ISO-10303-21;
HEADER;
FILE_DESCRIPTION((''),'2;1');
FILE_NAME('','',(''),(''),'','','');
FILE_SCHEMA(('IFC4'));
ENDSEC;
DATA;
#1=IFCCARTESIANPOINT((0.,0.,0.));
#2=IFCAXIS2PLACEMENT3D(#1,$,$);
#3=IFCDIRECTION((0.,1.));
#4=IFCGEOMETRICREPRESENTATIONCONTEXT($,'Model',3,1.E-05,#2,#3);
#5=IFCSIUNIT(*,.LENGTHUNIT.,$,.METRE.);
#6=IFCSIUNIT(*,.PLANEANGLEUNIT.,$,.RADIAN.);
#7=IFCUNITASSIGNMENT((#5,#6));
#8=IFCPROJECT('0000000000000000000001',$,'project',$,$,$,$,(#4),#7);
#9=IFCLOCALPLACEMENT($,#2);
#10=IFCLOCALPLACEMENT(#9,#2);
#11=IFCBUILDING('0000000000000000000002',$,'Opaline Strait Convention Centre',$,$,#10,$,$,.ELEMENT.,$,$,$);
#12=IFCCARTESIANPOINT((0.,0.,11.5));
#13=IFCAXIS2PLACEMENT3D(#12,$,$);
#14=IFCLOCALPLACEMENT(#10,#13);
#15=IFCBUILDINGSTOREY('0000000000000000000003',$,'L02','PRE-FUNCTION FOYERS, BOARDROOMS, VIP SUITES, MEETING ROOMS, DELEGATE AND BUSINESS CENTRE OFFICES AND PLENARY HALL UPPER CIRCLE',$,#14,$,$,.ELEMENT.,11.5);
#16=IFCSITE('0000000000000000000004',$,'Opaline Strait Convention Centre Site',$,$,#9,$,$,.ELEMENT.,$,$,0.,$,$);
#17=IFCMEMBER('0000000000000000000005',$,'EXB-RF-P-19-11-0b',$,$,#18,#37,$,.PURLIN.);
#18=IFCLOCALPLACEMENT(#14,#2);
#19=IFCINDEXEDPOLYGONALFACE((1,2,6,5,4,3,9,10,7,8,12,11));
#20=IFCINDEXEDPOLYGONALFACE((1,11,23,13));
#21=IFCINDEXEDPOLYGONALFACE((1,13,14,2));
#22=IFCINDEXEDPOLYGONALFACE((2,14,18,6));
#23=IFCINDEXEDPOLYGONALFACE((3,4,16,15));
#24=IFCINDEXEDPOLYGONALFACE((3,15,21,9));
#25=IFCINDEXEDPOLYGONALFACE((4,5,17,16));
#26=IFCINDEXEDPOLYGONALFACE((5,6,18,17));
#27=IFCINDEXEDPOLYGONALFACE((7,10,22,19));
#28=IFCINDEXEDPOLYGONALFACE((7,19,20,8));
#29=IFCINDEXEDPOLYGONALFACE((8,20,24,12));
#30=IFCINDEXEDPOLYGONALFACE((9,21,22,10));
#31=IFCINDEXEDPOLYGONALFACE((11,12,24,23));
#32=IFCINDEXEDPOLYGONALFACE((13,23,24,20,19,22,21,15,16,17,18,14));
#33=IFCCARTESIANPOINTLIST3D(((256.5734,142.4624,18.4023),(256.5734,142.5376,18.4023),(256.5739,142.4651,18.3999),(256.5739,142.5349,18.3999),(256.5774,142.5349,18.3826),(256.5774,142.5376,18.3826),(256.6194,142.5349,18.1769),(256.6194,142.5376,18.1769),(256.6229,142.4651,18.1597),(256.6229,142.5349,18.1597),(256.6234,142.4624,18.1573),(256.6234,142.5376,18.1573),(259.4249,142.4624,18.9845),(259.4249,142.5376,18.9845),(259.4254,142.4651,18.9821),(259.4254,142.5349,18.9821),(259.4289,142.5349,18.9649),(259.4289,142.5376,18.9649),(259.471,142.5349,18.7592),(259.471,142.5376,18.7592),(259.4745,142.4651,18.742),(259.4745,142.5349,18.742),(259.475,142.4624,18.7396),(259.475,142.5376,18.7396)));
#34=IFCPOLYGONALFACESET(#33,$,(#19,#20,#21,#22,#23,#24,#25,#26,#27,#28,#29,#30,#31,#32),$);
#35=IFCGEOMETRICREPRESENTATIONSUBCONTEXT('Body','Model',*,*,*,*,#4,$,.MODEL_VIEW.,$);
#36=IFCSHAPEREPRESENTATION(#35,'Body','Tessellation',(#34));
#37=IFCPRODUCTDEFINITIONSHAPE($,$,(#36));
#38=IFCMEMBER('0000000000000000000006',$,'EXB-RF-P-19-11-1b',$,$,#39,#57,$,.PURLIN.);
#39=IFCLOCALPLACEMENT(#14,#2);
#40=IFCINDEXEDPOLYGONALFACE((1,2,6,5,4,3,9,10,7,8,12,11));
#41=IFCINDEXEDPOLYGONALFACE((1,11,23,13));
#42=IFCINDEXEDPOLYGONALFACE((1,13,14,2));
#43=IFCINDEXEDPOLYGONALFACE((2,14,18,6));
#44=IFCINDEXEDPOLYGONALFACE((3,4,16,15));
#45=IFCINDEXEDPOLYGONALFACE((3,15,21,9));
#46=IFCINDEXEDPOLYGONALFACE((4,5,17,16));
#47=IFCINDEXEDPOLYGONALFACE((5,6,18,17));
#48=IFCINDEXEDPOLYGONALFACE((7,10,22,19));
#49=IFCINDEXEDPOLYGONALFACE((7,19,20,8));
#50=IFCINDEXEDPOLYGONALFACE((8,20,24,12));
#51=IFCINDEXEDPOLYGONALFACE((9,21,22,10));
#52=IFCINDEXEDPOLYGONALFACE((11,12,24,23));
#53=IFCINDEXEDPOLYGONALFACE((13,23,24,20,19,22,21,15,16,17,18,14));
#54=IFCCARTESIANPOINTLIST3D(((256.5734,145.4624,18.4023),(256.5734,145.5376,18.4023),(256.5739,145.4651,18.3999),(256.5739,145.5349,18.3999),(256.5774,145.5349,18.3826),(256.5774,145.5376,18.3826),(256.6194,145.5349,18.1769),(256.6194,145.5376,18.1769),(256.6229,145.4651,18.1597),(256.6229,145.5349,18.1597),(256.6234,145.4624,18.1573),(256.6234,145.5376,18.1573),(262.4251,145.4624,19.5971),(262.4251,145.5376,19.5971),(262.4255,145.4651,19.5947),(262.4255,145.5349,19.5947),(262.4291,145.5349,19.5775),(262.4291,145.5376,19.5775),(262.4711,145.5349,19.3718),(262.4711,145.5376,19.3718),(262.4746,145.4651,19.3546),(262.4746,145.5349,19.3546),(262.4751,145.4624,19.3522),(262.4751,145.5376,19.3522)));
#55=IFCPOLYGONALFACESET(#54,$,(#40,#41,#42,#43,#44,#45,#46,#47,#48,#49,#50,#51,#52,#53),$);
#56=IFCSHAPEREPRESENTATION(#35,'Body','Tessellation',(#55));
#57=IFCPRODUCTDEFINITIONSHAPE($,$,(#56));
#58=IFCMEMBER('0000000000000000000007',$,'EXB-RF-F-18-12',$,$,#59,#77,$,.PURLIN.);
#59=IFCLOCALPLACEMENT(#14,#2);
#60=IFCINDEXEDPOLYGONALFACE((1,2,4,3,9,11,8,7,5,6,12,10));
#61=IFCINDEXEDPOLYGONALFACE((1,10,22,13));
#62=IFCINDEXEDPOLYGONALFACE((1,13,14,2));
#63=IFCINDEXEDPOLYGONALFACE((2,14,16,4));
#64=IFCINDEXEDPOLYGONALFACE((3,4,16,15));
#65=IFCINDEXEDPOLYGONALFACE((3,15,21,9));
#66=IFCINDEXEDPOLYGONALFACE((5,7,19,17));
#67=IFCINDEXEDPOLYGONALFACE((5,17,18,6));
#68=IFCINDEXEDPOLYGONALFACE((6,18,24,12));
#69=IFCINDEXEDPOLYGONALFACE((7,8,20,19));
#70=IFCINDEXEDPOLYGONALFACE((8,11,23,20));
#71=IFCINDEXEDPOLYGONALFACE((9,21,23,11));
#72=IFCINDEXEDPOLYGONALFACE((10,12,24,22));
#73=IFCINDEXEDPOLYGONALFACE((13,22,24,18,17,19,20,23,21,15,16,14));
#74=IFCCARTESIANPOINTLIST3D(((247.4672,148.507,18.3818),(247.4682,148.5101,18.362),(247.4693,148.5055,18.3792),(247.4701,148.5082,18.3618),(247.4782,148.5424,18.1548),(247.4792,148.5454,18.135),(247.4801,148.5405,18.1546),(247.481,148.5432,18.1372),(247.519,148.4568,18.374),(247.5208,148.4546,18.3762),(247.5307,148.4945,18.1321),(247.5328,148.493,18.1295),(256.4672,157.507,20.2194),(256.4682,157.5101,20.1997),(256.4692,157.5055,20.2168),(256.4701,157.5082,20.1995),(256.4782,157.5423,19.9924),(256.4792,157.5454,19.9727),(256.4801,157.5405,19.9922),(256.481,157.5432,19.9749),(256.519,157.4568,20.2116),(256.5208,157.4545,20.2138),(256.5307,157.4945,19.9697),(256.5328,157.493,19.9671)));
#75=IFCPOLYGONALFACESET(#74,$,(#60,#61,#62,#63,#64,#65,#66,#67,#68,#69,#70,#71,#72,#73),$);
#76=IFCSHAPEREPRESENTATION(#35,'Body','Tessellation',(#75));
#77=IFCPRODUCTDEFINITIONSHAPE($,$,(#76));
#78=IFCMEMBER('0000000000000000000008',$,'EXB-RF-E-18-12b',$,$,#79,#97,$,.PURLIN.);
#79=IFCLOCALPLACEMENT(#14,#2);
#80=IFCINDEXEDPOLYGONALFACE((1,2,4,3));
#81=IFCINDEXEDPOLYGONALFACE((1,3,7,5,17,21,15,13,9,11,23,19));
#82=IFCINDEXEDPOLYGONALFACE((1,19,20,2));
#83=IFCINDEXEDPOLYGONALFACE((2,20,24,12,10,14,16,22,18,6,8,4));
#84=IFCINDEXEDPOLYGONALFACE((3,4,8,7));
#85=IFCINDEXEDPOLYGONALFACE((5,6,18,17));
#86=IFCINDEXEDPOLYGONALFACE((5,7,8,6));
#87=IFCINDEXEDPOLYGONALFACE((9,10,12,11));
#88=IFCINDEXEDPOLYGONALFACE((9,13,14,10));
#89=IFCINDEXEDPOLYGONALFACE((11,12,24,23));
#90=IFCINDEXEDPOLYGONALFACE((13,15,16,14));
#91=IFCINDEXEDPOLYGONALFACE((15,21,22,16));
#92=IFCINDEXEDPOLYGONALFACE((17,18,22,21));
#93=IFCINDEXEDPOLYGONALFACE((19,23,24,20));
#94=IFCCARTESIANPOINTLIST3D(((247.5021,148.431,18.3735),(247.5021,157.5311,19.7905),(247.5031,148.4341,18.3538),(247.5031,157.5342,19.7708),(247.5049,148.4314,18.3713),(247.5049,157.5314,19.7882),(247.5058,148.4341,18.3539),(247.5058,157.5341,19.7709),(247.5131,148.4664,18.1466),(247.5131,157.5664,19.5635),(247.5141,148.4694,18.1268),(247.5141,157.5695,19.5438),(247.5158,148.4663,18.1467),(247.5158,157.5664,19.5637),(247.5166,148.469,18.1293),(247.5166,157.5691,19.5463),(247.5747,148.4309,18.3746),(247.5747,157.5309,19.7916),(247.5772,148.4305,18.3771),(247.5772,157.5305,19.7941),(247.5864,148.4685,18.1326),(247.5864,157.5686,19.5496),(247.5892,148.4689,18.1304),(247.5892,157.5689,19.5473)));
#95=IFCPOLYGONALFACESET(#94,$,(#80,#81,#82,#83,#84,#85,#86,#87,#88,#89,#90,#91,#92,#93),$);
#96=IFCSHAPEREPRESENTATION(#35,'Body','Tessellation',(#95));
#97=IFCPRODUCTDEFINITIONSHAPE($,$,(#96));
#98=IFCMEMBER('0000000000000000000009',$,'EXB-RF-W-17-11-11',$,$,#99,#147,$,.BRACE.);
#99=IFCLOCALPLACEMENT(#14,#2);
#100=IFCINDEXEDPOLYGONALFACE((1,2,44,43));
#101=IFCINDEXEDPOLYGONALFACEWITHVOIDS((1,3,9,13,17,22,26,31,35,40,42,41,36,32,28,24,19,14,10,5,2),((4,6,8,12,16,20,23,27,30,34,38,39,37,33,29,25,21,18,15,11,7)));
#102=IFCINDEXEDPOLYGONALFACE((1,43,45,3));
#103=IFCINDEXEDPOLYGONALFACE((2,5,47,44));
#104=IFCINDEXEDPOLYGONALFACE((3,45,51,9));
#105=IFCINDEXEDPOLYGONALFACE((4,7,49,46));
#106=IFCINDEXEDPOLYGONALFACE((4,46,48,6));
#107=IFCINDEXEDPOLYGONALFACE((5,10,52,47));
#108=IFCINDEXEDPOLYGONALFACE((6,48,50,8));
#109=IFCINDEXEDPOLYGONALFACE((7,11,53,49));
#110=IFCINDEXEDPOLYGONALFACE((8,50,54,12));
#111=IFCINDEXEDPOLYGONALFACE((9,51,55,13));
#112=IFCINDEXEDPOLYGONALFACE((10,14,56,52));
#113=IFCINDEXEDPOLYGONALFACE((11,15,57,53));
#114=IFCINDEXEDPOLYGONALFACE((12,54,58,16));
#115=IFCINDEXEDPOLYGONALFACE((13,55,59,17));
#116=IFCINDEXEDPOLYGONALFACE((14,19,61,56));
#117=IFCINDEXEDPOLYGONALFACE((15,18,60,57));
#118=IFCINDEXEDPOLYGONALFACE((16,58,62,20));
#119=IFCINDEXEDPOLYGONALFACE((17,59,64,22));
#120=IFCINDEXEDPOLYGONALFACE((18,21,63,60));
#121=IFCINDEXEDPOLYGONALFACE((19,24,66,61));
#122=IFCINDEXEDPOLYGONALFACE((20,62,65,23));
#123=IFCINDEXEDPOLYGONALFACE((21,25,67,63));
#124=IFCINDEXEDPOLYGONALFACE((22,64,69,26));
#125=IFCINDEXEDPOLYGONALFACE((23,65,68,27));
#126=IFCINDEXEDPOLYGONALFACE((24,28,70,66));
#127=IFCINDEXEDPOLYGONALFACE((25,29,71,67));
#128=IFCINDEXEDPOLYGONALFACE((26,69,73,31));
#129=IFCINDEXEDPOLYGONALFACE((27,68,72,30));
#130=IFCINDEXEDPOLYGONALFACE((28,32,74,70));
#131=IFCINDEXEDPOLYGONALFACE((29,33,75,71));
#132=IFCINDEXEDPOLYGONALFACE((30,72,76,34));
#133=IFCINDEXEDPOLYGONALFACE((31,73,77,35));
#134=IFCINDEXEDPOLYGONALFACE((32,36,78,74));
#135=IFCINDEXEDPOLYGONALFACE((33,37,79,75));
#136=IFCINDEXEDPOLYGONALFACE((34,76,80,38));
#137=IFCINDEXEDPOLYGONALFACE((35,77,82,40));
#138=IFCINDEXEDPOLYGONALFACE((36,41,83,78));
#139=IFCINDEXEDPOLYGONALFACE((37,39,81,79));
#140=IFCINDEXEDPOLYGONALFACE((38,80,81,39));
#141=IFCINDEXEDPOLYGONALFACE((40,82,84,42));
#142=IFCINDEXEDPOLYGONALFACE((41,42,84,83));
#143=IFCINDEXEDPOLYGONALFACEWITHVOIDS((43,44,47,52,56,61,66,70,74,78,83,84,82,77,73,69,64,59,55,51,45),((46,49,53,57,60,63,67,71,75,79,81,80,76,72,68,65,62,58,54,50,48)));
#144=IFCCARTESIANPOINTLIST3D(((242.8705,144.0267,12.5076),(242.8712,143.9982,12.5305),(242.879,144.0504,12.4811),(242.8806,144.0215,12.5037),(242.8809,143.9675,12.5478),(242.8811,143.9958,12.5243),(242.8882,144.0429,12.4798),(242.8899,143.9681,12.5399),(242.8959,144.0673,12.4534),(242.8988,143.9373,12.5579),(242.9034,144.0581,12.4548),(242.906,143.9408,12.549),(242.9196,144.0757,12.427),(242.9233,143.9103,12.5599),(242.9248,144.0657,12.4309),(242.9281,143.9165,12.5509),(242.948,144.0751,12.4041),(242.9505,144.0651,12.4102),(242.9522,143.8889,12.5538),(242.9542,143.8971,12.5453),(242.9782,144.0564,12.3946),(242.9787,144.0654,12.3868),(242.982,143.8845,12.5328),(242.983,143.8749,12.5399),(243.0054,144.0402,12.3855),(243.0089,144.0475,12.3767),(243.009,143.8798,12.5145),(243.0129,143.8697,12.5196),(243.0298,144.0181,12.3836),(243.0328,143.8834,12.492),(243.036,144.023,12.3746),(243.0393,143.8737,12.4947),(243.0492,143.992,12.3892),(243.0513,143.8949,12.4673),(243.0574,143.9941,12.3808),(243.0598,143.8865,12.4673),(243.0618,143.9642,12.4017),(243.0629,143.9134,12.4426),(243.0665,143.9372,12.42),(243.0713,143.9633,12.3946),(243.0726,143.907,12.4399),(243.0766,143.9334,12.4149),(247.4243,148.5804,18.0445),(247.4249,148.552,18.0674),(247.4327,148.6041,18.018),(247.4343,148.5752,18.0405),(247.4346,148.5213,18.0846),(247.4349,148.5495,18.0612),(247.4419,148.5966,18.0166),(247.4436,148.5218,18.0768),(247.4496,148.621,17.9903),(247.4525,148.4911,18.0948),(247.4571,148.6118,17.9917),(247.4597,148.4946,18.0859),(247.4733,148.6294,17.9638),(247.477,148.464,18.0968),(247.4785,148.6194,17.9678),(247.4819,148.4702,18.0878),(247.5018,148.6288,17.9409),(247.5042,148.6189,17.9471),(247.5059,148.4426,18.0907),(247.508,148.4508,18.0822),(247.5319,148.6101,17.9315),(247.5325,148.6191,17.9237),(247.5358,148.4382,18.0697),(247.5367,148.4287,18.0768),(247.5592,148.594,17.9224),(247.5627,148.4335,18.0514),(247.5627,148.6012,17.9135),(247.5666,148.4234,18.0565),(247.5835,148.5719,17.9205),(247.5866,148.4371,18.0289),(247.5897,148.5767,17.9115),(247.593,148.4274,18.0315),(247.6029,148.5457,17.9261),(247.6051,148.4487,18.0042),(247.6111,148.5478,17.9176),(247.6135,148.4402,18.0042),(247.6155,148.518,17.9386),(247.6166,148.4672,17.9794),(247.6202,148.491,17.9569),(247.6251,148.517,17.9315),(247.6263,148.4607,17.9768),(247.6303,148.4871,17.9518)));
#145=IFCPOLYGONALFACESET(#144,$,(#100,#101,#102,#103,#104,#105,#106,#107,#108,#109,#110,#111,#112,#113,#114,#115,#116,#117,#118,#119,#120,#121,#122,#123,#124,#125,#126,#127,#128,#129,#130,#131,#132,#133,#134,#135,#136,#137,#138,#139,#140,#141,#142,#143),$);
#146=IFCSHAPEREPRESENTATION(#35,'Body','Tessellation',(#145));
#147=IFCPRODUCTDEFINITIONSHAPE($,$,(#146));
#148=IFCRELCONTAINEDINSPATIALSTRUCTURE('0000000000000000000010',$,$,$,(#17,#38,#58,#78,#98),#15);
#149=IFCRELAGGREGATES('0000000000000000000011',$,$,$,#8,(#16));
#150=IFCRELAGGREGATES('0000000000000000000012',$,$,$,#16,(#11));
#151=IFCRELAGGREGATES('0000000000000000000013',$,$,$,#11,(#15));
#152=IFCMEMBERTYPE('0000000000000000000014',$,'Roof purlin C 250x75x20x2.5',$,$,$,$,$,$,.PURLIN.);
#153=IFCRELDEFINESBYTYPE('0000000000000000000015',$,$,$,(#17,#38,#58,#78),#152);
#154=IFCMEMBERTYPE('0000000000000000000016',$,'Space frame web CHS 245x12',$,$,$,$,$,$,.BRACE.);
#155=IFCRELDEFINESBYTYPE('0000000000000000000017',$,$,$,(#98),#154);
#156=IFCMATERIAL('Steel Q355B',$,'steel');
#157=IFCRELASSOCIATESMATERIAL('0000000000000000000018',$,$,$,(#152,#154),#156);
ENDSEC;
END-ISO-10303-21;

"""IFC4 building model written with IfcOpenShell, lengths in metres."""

from ifc_helpers import new_model, si_unit, direction, frame, origin, origin_2d, place, context, subcontext, project, spatial, polyline, hollow_circle, outline, extrude, material, material_profile, profile_set, type_object, element, save


model = new_model("IFC4")

# Units and contexts
model_context = context("Model", 3, precision=1e-05, world=origin(), true_north=direction((0.0, 1.0)))
body_context = subcontext(model_context, "Body", "Model", "MODEL_VIEW")
ifc_project = project(units=[si_unit("LENGTHUNIT", "METRE"), si_unit("PLANEANGLEUNIT", "RADIAN")], contexts=[model_context])

# Site, building, storey
site_placement = place(None, origin())
site = spatial("IfcSite", under=ifc_project, at=site_placement, Name="Opaline Strait Convention Centre Site", CompositionType="ELEMENT", RefElevation=0.0)
building_placement = place(site_placement, origin())
building = spatial("IfcBuilding", under=site, at=building_placement, Name="Opaline Strait Convention Centre", CompositionType="ELEMENT")
storey_placement = place(building_placement, frame((0.0, 0.0, 11.5)))
storey = spatial("IfcBuildingStorey", under=building, at=storey_placement, Name="L02", Description="PRE-FUNCTION FOYERS, BOARDROOMS, VIP SUITES, MEETING ROOMS, DELEGATE AND BUSINESS CENTRE OFFICES AND PLENARY HALL UPPER CIRCLE", CompositionType="ELEMENT", Elevation=11.5)

# Members
ifc_material_1 = material(Name="Steel Q355B", Category="steel")
ifc_material_profile_1 = material_profile(ifc_material_1, outline(polyline([(-0.0376, -0.125), (0.0376, -0.125), (0.0376, -0.105), (0.0349, -0.105), (0.0349, -0.1226), (-0.0349, -0.1226), (-0.0349, 0.1226), (0.0349, 0.1226), (0.0349, 0.105), (0.0376, 0.105), (0.0376, 0.125), (-0.0376, 0.125), (-0.0376, -0.125)])), Name="C 250x75x20x2.5")
ifc_profile_set_1 = profile_set([ifc_material_profile_1], Name="Steel Q355B")
member_type_1 = type_object("IfcMemberType", Name="Roof purlin C 250x75x20x2.5", PredefinedType="PURLIN", material=ifc_profile_set_1)
member_1_placement = place(storey_placement, frame((256.5984, 142.5, 18.2798), z_axis=(0.979782, 0.0, 0.200067), x_axis=(0.0, 1.0, 0.0)))
element("IfcMember", 1, at=member_1_placement, inside=storey, type_object=member_type_1, Name="EXB-RF-P-19-11-0b", PredefinedType="PURLIN", context=body_context, shape_type="SweptSolid", body=[
    extrude(outline(polyline([(-0.0376, -0.125), (0.0376, -0.125), (0.0376, -0.105), (0.0349, -0.105), (0.0349, -0.1226), (-0.0349, -0.1226), (-0.0349, 0.1226), (0.0349, 0.1226), (0.0349, 0.105), (0.0376, 0.105), (0.0376, 0.125), (-0.0376, 0.125), (-0.0376, -0.125)])), origin(), (0.0, 0.0, 1.0), 2.9104),
])
member_2_placement = place(storey_placement, frame((256.5984, 145.5, 18.2798), z_axis=(0.979783, 0.0, 0.200061), x_axis=(0.0, 1.0, 0.0)))
element("IfcMember", 2, at=member_2_placement, inside=storey, type_object=member_type_1, Name="EXB-RF-P-19-11-1b", PredefinedType="PURLIN", context=body_context, shape_type="SweptSolid", body=[
    extrude(outline(polyline([(-0.0376, -0.125), (0.0376, -0.125), (0.0376, -0.105), (0.0349, -0.105), (0.0349, -0.1226), (-0.0349, -0.1226), (-0.0349, 0.1226), (0.0349, 0.1226), (0.0349, 0.105), (0.0376, 0.105), (0.0376, 0.125), (-0.0376, 0.125), (-0.0376, -0.125)])), origin(), (0.0, 0.0, 1.0), 5.9724),
])
member_3_placement = place(storey_placement, frame((247.5, 148.5, 18.2556), z_axis=(0.69985, 0.69985, 0.142897), x_axis=(-0.712685, 0.697563, 0.074065)))
element("IfcMember", 3, at=member_3_placement, inside=storey, type_object=member_type_1, Name="EXB-RF-F-18-12", PredefinedType="PURLIN", context=body_context, shape_type="SweptSolid", body=[
    extrude(outline(polyline([(-0.0376, -0.125), (0.0376, -0.125), (0.0376, -0.105), (0.0349, -0.105), (0.0349, -0.1226), (-0.0349, -0.1226), (-0.0349, 0.1226), (0.0349, 0.1226), (0.0349, 0.105), (0.0376, 0.105), (0.0376, 0.125), (-0.0376, 0.125), (-0.0376, -0.125)])), origin(), (0.0, 0.0, 1.0), 12.8599),
])
member_4_placement = place(storey_placement, frame((247.5457, 148.45, 18.252), z_axis=(0.0, 0.988093, 0.153858), x_axis=(-0.998854, 0.007363, -0.047288)))
element("IfcMember", 4, at=member_4_placement, inside=storey, type_object=member_type_1, Name="EXB-RF-E-18-12b", PredefinedType="PURLIN", context=body_context, shape_type="SweptSolid", body=[
    extrude(outline(polyline([(-0.0376, -0.125), (0.0376, -0.125), (0.0376, -0.105), (0.0349, -0.105), (0.0349, -0.1226), (-0.0349, -0.1226), (-0.0349, 0.1226), (0.0349, 0.1226), (0.0349, 0.105), (0.0376, 0.105), (0.0376, 0.125), (-0.0376, 0.125), (-0.0376, -0.125)])), origin(), (0.0, 0.0, 1.0), 9.2097),
])
ifc_material_profile_2 = material_profile(ifc_material_1, hollow_circle(Radius=0.1226, WallThickness=0.012, at=origin_2d()), Name="CHS 245x12")
ifc_profile_set_2 = profile_set([ifc_material_profile_2], Name="Steel Q355B")
member_type_2 = type_object("IfcMemberType", Name="Space frame web CHS 245x12", PredefinedType="BRACE", material=ifc_profile_set_2)
for number, where, z_axis, x_axis, name in (
    (5, (247.5269, 148.5269, 18.0042), (-0.536178, -0.536178, -0.65194), (0.707107, -0.707107, 0.0), "EXB-RF-W-17-11-11"),
):
    element("IfcMember", number, at=place(storey_placement, frame(where, z_axis=z_axis, x_axis=x_axis)), inside=storey, type_object=member_type_2, Name=name, PredefinedType="BRACE", context=body_context, shape_type="SweptSolid", body=[
        extrude(hollow_circle(Radius=0.1226, WallThickness=0.012, at=origin_2d()), origin(), (0.0, 0.0, 1.0), 8.4929),
    ])

save(model, "model.ifc")
